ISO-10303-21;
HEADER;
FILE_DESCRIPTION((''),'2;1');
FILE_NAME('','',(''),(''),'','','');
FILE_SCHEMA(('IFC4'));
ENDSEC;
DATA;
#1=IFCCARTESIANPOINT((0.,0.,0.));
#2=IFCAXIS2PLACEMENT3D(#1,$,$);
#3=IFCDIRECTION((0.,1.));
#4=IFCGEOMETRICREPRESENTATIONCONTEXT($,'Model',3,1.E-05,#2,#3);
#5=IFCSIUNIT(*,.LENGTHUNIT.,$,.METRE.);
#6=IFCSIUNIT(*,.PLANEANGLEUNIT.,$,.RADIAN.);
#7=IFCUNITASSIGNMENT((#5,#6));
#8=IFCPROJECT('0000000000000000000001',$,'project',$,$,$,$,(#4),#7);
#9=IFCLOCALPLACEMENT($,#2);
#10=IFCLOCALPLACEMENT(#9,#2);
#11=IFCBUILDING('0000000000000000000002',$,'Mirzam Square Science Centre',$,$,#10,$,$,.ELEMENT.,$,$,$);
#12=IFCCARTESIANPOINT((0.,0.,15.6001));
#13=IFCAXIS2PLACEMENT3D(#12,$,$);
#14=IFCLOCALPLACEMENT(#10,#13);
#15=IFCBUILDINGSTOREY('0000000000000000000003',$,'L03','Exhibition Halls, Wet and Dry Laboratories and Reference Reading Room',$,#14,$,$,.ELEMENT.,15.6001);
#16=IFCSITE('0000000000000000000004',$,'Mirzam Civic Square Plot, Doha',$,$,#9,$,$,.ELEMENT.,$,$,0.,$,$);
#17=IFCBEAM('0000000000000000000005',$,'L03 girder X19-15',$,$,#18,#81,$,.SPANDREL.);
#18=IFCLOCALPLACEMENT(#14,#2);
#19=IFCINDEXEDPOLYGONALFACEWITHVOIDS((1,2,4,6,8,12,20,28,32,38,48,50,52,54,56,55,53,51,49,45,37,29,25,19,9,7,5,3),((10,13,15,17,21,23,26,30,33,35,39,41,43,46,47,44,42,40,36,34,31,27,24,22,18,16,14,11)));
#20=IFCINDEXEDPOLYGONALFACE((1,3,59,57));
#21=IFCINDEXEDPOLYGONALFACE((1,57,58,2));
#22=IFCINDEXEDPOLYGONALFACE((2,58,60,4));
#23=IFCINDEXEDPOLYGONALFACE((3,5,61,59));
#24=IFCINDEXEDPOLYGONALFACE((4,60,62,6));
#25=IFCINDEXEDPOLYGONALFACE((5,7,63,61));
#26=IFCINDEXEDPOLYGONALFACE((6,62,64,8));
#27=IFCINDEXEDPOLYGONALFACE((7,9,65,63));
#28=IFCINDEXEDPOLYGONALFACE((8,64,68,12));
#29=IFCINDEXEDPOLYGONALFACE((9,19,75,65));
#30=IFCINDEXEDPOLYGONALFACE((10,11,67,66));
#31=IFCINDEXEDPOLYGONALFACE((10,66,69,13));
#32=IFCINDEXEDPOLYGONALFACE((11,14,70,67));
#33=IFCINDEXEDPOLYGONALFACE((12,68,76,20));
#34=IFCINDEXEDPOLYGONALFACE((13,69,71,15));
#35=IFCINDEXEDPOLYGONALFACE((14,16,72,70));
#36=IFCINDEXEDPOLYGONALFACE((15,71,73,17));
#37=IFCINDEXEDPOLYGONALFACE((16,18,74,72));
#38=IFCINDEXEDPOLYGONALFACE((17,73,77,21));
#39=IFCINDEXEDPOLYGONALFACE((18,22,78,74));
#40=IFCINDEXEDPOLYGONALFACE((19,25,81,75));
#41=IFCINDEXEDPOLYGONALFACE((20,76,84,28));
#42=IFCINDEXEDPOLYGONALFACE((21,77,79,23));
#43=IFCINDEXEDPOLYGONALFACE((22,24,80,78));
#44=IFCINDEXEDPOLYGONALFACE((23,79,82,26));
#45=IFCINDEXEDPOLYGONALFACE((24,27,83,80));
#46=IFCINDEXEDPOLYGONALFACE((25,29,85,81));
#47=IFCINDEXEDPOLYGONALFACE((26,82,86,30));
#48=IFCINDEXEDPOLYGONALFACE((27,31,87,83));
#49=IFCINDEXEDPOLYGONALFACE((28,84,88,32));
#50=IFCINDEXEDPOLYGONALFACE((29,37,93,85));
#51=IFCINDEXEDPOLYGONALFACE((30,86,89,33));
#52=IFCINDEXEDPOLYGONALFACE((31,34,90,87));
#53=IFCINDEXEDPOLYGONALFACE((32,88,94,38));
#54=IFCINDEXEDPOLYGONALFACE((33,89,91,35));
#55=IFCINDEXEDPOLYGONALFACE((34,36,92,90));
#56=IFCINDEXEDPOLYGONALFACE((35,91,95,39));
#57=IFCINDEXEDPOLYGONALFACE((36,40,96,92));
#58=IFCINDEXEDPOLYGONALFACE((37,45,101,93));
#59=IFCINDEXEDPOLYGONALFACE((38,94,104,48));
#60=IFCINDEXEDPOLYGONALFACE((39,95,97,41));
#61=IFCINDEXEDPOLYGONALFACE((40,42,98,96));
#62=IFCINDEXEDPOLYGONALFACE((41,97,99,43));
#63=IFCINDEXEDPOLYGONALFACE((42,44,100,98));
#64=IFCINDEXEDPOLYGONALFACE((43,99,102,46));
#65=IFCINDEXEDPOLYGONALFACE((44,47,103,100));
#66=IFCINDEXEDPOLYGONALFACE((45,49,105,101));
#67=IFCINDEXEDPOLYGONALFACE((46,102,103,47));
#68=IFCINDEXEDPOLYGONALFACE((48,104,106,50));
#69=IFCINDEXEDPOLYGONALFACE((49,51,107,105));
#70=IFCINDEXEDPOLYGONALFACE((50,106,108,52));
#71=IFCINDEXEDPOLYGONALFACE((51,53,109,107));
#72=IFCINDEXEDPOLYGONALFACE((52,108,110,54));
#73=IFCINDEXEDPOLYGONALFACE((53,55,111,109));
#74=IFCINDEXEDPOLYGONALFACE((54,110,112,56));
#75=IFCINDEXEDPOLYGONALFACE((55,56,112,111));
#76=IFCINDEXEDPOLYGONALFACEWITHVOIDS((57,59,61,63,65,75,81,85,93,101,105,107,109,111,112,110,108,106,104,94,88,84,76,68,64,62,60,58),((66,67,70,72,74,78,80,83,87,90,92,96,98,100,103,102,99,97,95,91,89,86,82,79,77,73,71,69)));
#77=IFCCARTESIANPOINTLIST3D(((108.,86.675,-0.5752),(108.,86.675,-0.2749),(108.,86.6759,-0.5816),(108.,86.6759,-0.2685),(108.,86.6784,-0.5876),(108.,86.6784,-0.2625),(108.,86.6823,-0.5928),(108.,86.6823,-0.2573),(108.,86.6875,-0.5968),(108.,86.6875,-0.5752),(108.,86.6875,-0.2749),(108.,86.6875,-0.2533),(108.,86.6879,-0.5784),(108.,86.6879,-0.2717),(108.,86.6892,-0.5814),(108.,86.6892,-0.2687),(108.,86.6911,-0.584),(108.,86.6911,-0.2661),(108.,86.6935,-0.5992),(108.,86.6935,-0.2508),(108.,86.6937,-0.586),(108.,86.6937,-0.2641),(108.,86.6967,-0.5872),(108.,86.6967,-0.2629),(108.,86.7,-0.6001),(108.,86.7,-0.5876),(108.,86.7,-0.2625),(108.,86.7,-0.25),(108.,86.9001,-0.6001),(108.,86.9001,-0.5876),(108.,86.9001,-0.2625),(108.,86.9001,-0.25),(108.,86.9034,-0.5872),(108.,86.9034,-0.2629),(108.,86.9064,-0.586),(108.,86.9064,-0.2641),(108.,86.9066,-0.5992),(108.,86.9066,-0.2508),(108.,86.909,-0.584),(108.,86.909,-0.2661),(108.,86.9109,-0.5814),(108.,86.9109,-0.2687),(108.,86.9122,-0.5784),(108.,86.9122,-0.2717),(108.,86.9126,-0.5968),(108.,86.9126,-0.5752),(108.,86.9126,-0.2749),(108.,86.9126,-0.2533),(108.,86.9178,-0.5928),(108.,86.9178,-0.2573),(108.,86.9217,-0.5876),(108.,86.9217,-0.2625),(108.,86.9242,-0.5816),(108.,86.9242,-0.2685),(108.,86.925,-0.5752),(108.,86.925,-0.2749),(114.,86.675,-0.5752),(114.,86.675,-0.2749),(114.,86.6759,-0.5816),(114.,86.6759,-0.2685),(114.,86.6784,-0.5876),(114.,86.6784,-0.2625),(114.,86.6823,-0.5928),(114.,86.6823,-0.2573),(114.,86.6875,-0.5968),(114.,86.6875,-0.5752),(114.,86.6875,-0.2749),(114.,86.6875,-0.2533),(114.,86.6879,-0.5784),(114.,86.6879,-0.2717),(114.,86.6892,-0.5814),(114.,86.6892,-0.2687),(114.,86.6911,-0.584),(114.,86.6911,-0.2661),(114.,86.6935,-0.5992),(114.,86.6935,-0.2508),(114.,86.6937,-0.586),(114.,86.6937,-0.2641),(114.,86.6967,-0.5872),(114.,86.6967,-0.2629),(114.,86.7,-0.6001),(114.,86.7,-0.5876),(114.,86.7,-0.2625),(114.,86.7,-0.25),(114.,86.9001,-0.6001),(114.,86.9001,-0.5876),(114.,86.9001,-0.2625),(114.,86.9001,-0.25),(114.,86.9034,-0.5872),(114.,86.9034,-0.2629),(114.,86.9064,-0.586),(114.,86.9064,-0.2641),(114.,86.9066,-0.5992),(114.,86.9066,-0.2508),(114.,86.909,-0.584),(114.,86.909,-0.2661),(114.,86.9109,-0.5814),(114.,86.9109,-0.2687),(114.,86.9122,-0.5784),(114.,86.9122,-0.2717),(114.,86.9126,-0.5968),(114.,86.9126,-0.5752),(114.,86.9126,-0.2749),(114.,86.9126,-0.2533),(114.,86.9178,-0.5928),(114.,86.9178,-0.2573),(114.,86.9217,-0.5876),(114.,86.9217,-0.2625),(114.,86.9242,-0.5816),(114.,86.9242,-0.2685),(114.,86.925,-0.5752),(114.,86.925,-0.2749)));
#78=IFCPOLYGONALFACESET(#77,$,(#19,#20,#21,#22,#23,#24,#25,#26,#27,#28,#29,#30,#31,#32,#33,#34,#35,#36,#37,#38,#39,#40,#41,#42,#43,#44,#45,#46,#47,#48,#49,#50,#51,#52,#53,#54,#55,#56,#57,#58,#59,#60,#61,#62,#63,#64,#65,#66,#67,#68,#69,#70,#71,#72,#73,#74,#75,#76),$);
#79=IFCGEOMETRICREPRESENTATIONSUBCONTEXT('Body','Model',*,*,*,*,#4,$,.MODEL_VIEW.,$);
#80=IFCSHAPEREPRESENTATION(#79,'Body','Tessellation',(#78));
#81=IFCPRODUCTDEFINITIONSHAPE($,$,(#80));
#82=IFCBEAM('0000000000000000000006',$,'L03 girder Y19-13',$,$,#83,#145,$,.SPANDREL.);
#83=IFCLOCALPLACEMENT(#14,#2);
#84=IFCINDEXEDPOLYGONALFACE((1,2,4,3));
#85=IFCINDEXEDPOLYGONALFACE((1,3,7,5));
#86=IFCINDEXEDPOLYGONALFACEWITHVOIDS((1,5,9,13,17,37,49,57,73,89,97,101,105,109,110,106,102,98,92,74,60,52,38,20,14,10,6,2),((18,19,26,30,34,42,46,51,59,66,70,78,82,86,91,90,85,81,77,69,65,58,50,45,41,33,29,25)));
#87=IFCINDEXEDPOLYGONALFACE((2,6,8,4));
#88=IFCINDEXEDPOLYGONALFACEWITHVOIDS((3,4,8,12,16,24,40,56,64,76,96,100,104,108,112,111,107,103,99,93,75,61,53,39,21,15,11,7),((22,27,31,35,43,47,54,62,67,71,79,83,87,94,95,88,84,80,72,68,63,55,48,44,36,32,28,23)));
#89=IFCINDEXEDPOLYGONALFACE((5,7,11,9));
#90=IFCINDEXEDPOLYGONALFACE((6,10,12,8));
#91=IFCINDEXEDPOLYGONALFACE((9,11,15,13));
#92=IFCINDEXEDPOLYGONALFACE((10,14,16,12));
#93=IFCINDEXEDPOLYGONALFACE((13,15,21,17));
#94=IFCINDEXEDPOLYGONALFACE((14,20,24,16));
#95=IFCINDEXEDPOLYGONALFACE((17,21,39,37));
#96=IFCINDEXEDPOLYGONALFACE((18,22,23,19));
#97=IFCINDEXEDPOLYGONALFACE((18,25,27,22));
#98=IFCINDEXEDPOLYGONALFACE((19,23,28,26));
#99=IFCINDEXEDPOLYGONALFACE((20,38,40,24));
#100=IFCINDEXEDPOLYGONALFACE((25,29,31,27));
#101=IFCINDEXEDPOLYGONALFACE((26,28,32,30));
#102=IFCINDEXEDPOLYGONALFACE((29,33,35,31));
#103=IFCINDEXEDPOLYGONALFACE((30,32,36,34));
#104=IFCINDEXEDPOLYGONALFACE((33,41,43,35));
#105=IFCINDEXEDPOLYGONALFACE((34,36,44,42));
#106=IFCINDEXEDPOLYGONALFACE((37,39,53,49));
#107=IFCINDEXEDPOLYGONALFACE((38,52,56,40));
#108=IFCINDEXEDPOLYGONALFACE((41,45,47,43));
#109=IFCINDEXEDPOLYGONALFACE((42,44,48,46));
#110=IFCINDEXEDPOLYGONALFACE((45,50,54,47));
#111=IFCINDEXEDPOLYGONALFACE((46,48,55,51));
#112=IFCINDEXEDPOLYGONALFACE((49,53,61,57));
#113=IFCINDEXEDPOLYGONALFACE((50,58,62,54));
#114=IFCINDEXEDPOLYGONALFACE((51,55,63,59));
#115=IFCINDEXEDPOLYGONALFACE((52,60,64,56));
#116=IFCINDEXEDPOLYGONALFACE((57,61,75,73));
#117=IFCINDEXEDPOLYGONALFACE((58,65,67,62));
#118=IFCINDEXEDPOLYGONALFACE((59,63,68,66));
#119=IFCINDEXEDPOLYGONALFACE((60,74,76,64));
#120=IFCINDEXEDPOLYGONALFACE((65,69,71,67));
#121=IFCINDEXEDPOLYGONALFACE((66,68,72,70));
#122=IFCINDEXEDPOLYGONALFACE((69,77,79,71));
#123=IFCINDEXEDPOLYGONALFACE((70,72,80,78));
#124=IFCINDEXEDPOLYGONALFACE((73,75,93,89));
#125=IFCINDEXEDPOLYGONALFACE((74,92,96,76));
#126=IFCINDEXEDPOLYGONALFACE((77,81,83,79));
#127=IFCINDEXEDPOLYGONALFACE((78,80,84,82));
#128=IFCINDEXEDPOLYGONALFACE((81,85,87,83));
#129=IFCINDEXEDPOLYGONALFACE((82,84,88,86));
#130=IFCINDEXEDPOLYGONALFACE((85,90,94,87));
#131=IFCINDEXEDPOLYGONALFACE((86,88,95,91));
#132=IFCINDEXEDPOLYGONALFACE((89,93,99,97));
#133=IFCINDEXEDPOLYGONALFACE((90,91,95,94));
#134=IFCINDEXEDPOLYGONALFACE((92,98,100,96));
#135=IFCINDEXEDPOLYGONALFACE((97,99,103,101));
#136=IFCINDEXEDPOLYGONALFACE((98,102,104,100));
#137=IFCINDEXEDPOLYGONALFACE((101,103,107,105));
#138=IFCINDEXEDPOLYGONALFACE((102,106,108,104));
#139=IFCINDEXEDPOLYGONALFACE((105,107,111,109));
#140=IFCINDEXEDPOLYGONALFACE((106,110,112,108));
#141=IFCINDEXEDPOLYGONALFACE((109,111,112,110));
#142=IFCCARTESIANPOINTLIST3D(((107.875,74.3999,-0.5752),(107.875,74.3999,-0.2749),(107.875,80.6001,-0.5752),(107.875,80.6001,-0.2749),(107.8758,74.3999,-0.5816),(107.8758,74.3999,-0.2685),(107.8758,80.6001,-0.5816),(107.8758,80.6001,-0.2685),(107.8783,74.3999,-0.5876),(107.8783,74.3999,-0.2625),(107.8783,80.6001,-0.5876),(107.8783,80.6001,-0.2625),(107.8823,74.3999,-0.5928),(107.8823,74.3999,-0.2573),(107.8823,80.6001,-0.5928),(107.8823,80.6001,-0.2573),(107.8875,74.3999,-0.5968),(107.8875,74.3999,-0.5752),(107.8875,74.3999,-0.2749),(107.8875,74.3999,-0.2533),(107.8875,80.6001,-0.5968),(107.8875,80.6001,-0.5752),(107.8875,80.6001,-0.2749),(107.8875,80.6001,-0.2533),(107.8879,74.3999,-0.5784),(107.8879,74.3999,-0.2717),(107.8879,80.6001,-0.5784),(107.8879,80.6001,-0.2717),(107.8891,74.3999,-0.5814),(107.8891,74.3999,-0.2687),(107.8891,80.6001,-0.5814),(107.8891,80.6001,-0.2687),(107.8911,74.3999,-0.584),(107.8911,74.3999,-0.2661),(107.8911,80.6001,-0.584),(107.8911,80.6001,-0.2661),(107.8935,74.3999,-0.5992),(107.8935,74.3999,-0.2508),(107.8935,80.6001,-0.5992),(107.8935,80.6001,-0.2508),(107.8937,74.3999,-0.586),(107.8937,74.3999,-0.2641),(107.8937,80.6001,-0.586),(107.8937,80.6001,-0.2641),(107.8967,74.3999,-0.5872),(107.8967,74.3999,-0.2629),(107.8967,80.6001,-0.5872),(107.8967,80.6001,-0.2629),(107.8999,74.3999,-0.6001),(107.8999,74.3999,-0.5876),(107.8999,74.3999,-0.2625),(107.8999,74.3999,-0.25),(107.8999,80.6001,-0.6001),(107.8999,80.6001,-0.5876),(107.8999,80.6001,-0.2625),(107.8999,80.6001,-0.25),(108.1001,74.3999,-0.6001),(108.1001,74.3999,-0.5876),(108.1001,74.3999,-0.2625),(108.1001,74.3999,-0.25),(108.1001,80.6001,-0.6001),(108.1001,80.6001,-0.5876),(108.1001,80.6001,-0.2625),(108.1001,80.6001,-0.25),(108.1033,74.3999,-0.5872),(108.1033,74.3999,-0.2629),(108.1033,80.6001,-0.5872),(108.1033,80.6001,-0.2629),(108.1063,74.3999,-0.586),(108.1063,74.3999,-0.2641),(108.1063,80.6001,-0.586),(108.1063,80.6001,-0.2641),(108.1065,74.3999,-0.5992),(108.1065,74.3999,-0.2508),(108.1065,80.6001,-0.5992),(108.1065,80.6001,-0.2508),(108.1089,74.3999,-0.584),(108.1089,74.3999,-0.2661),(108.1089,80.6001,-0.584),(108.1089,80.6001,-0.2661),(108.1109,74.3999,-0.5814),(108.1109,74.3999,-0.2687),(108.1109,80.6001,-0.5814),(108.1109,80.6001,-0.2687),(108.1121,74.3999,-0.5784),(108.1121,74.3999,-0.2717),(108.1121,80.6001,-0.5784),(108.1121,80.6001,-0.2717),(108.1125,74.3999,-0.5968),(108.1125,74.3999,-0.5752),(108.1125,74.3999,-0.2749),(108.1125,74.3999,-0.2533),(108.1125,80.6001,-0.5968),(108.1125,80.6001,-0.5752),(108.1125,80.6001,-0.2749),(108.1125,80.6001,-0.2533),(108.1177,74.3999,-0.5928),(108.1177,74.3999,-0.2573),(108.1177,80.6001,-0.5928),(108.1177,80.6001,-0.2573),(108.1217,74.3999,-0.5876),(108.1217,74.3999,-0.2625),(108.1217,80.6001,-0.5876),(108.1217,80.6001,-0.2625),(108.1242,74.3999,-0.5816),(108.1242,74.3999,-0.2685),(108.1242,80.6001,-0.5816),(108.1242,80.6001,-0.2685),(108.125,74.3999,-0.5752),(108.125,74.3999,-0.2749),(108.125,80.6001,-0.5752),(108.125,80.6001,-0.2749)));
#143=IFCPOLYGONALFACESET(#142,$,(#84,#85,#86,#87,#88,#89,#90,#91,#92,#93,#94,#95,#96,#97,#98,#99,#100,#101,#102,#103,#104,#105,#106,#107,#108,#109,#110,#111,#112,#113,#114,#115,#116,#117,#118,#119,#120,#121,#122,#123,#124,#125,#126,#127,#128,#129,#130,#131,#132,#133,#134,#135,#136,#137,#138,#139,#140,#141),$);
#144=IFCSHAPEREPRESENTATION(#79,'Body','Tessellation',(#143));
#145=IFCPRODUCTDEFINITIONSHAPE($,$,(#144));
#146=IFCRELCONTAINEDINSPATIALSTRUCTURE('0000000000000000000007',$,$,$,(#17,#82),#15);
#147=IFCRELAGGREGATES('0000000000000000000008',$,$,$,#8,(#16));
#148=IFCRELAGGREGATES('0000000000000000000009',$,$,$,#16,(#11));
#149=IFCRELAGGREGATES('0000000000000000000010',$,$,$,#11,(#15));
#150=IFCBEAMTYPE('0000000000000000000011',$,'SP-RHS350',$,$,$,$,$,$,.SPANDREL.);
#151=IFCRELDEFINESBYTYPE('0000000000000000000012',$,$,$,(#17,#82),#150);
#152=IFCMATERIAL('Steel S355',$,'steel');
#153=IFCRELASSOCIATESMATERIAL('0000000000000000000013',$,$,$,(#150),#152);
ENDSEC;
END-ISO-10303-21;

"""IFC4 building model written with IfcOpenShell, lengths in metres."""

from ifc_helpers import new_model, si_unit, direction, frame, origin, origin_2d, place, context, subcontext, project, spatial, hollow_rectangle, extrude, material, material_profile, profile_set, type_object, element, save


model = new_model("IFC4")

# Units and contexts
model_context = context("Model", 3, precision=1e-05, world=origin(), true_north=direction((0.0, 1.0)))
body_context = subcontext(model_context, "Body", "Model", "MODEL_VIEW")
ifc_project = project(units=[si_unit("LENGTHUNIT", "METRE"), si_unit("PLANEANGLEUNIT", "RADIAN")], contexts=[model_context])

# Site, building, storey
site_placement = place(None, origin())
site = spatial("IfcSite", under=ifc_project, at=site_placement, Name="Mirzam Civic Square Plot, Doha", CompositionType="ELEMENT", RefElevation=0.0)
building_placement = place(site_placement, origin())
building = spatial("IfcBuilding", under=site, at=building_placement, Name="Mirzam Square Science Centre", CompositionType="ELEMENT")
storey_placement = place(building_placement, frame((0.0, 0.0, 15.6001)))
storey = spatial("IfcBuildingStorey", under=building, at=storey_placement, Name="L03", Description="Exhibition Halls, Wet and Dry Laboratories and Reference Reading Room", CompositionType="ELEMENT", Elevation=15.6001)

# Shared definitions
ifc_material_1 = material(Name="Steel S355", Category="steel")

# Beams
ifc_material_profile_1 = material_profile(ifc_material_1, hollow_rectangle(XDim=0.25, YDim=0.3501, WallThickness=0.0125, InnerFilletRadius=0.0125, OuterFilletRadius=0.0249, at=origin_2d()), Name="350x250x12.5RHS")
ifc_profile_set_1 = profile_set([ifc_material_profile_1], Name="Steel S355")
beam_type_1 = type_object("IfcBeamType", Name="SP-RHS350", PredefinedType="SPANDREL", material=ifc_profile_set_1)
beam_1_placement = place(storey_placement, frame((108.0, 86.8, -0.425), z_axis=(1.0, 0.0, 0.0), x_axis=(0.0, 1.0, 0.0)))
element("IfcBeam", 1, at=beam_1_placement, inside=storey, type_object=beam_type_1, Name="L03 girder X19-15", PredefinedType="SPANDREL", context=body_context, shape_type="SweptSolid", body=[
    extrude(hollow_rectangle(XDim=0.25, YDim=0.3501, WallThickness=0.0125, InnerFilletRadius=0.0125, OuterFilletRadius=0.0249, at=origin_2d()), origin(), (0.0, 0.0, 1.0), 6.0),
])
beam_2_placement = place(storey_placement, frame((108.0, 74.3999, -0.425), z_axis=(0.0, 1.0, 0.0), x_axis=(-1.0, 0.0, 0.0)))
element("IfcBeam", 2, at=beam_2_placement, inside=storey, type_object=beam_type_1, Name="L03 girder Y19-13", PredefinedType="SPANDREL", context=body_context, shape_type="SweptSolid", body=[
    extrude(hollow_rectangle(XDim=0.25, YDim=0.3501, WallThickness=0.0125, InnerFilletRadius=0.0125, OuterFilletRadius=0.0249, at=origin_2d()), origin(), (0.0, 0.0, 1.0), 6.2002),
])

save(model, "model.ifc")
